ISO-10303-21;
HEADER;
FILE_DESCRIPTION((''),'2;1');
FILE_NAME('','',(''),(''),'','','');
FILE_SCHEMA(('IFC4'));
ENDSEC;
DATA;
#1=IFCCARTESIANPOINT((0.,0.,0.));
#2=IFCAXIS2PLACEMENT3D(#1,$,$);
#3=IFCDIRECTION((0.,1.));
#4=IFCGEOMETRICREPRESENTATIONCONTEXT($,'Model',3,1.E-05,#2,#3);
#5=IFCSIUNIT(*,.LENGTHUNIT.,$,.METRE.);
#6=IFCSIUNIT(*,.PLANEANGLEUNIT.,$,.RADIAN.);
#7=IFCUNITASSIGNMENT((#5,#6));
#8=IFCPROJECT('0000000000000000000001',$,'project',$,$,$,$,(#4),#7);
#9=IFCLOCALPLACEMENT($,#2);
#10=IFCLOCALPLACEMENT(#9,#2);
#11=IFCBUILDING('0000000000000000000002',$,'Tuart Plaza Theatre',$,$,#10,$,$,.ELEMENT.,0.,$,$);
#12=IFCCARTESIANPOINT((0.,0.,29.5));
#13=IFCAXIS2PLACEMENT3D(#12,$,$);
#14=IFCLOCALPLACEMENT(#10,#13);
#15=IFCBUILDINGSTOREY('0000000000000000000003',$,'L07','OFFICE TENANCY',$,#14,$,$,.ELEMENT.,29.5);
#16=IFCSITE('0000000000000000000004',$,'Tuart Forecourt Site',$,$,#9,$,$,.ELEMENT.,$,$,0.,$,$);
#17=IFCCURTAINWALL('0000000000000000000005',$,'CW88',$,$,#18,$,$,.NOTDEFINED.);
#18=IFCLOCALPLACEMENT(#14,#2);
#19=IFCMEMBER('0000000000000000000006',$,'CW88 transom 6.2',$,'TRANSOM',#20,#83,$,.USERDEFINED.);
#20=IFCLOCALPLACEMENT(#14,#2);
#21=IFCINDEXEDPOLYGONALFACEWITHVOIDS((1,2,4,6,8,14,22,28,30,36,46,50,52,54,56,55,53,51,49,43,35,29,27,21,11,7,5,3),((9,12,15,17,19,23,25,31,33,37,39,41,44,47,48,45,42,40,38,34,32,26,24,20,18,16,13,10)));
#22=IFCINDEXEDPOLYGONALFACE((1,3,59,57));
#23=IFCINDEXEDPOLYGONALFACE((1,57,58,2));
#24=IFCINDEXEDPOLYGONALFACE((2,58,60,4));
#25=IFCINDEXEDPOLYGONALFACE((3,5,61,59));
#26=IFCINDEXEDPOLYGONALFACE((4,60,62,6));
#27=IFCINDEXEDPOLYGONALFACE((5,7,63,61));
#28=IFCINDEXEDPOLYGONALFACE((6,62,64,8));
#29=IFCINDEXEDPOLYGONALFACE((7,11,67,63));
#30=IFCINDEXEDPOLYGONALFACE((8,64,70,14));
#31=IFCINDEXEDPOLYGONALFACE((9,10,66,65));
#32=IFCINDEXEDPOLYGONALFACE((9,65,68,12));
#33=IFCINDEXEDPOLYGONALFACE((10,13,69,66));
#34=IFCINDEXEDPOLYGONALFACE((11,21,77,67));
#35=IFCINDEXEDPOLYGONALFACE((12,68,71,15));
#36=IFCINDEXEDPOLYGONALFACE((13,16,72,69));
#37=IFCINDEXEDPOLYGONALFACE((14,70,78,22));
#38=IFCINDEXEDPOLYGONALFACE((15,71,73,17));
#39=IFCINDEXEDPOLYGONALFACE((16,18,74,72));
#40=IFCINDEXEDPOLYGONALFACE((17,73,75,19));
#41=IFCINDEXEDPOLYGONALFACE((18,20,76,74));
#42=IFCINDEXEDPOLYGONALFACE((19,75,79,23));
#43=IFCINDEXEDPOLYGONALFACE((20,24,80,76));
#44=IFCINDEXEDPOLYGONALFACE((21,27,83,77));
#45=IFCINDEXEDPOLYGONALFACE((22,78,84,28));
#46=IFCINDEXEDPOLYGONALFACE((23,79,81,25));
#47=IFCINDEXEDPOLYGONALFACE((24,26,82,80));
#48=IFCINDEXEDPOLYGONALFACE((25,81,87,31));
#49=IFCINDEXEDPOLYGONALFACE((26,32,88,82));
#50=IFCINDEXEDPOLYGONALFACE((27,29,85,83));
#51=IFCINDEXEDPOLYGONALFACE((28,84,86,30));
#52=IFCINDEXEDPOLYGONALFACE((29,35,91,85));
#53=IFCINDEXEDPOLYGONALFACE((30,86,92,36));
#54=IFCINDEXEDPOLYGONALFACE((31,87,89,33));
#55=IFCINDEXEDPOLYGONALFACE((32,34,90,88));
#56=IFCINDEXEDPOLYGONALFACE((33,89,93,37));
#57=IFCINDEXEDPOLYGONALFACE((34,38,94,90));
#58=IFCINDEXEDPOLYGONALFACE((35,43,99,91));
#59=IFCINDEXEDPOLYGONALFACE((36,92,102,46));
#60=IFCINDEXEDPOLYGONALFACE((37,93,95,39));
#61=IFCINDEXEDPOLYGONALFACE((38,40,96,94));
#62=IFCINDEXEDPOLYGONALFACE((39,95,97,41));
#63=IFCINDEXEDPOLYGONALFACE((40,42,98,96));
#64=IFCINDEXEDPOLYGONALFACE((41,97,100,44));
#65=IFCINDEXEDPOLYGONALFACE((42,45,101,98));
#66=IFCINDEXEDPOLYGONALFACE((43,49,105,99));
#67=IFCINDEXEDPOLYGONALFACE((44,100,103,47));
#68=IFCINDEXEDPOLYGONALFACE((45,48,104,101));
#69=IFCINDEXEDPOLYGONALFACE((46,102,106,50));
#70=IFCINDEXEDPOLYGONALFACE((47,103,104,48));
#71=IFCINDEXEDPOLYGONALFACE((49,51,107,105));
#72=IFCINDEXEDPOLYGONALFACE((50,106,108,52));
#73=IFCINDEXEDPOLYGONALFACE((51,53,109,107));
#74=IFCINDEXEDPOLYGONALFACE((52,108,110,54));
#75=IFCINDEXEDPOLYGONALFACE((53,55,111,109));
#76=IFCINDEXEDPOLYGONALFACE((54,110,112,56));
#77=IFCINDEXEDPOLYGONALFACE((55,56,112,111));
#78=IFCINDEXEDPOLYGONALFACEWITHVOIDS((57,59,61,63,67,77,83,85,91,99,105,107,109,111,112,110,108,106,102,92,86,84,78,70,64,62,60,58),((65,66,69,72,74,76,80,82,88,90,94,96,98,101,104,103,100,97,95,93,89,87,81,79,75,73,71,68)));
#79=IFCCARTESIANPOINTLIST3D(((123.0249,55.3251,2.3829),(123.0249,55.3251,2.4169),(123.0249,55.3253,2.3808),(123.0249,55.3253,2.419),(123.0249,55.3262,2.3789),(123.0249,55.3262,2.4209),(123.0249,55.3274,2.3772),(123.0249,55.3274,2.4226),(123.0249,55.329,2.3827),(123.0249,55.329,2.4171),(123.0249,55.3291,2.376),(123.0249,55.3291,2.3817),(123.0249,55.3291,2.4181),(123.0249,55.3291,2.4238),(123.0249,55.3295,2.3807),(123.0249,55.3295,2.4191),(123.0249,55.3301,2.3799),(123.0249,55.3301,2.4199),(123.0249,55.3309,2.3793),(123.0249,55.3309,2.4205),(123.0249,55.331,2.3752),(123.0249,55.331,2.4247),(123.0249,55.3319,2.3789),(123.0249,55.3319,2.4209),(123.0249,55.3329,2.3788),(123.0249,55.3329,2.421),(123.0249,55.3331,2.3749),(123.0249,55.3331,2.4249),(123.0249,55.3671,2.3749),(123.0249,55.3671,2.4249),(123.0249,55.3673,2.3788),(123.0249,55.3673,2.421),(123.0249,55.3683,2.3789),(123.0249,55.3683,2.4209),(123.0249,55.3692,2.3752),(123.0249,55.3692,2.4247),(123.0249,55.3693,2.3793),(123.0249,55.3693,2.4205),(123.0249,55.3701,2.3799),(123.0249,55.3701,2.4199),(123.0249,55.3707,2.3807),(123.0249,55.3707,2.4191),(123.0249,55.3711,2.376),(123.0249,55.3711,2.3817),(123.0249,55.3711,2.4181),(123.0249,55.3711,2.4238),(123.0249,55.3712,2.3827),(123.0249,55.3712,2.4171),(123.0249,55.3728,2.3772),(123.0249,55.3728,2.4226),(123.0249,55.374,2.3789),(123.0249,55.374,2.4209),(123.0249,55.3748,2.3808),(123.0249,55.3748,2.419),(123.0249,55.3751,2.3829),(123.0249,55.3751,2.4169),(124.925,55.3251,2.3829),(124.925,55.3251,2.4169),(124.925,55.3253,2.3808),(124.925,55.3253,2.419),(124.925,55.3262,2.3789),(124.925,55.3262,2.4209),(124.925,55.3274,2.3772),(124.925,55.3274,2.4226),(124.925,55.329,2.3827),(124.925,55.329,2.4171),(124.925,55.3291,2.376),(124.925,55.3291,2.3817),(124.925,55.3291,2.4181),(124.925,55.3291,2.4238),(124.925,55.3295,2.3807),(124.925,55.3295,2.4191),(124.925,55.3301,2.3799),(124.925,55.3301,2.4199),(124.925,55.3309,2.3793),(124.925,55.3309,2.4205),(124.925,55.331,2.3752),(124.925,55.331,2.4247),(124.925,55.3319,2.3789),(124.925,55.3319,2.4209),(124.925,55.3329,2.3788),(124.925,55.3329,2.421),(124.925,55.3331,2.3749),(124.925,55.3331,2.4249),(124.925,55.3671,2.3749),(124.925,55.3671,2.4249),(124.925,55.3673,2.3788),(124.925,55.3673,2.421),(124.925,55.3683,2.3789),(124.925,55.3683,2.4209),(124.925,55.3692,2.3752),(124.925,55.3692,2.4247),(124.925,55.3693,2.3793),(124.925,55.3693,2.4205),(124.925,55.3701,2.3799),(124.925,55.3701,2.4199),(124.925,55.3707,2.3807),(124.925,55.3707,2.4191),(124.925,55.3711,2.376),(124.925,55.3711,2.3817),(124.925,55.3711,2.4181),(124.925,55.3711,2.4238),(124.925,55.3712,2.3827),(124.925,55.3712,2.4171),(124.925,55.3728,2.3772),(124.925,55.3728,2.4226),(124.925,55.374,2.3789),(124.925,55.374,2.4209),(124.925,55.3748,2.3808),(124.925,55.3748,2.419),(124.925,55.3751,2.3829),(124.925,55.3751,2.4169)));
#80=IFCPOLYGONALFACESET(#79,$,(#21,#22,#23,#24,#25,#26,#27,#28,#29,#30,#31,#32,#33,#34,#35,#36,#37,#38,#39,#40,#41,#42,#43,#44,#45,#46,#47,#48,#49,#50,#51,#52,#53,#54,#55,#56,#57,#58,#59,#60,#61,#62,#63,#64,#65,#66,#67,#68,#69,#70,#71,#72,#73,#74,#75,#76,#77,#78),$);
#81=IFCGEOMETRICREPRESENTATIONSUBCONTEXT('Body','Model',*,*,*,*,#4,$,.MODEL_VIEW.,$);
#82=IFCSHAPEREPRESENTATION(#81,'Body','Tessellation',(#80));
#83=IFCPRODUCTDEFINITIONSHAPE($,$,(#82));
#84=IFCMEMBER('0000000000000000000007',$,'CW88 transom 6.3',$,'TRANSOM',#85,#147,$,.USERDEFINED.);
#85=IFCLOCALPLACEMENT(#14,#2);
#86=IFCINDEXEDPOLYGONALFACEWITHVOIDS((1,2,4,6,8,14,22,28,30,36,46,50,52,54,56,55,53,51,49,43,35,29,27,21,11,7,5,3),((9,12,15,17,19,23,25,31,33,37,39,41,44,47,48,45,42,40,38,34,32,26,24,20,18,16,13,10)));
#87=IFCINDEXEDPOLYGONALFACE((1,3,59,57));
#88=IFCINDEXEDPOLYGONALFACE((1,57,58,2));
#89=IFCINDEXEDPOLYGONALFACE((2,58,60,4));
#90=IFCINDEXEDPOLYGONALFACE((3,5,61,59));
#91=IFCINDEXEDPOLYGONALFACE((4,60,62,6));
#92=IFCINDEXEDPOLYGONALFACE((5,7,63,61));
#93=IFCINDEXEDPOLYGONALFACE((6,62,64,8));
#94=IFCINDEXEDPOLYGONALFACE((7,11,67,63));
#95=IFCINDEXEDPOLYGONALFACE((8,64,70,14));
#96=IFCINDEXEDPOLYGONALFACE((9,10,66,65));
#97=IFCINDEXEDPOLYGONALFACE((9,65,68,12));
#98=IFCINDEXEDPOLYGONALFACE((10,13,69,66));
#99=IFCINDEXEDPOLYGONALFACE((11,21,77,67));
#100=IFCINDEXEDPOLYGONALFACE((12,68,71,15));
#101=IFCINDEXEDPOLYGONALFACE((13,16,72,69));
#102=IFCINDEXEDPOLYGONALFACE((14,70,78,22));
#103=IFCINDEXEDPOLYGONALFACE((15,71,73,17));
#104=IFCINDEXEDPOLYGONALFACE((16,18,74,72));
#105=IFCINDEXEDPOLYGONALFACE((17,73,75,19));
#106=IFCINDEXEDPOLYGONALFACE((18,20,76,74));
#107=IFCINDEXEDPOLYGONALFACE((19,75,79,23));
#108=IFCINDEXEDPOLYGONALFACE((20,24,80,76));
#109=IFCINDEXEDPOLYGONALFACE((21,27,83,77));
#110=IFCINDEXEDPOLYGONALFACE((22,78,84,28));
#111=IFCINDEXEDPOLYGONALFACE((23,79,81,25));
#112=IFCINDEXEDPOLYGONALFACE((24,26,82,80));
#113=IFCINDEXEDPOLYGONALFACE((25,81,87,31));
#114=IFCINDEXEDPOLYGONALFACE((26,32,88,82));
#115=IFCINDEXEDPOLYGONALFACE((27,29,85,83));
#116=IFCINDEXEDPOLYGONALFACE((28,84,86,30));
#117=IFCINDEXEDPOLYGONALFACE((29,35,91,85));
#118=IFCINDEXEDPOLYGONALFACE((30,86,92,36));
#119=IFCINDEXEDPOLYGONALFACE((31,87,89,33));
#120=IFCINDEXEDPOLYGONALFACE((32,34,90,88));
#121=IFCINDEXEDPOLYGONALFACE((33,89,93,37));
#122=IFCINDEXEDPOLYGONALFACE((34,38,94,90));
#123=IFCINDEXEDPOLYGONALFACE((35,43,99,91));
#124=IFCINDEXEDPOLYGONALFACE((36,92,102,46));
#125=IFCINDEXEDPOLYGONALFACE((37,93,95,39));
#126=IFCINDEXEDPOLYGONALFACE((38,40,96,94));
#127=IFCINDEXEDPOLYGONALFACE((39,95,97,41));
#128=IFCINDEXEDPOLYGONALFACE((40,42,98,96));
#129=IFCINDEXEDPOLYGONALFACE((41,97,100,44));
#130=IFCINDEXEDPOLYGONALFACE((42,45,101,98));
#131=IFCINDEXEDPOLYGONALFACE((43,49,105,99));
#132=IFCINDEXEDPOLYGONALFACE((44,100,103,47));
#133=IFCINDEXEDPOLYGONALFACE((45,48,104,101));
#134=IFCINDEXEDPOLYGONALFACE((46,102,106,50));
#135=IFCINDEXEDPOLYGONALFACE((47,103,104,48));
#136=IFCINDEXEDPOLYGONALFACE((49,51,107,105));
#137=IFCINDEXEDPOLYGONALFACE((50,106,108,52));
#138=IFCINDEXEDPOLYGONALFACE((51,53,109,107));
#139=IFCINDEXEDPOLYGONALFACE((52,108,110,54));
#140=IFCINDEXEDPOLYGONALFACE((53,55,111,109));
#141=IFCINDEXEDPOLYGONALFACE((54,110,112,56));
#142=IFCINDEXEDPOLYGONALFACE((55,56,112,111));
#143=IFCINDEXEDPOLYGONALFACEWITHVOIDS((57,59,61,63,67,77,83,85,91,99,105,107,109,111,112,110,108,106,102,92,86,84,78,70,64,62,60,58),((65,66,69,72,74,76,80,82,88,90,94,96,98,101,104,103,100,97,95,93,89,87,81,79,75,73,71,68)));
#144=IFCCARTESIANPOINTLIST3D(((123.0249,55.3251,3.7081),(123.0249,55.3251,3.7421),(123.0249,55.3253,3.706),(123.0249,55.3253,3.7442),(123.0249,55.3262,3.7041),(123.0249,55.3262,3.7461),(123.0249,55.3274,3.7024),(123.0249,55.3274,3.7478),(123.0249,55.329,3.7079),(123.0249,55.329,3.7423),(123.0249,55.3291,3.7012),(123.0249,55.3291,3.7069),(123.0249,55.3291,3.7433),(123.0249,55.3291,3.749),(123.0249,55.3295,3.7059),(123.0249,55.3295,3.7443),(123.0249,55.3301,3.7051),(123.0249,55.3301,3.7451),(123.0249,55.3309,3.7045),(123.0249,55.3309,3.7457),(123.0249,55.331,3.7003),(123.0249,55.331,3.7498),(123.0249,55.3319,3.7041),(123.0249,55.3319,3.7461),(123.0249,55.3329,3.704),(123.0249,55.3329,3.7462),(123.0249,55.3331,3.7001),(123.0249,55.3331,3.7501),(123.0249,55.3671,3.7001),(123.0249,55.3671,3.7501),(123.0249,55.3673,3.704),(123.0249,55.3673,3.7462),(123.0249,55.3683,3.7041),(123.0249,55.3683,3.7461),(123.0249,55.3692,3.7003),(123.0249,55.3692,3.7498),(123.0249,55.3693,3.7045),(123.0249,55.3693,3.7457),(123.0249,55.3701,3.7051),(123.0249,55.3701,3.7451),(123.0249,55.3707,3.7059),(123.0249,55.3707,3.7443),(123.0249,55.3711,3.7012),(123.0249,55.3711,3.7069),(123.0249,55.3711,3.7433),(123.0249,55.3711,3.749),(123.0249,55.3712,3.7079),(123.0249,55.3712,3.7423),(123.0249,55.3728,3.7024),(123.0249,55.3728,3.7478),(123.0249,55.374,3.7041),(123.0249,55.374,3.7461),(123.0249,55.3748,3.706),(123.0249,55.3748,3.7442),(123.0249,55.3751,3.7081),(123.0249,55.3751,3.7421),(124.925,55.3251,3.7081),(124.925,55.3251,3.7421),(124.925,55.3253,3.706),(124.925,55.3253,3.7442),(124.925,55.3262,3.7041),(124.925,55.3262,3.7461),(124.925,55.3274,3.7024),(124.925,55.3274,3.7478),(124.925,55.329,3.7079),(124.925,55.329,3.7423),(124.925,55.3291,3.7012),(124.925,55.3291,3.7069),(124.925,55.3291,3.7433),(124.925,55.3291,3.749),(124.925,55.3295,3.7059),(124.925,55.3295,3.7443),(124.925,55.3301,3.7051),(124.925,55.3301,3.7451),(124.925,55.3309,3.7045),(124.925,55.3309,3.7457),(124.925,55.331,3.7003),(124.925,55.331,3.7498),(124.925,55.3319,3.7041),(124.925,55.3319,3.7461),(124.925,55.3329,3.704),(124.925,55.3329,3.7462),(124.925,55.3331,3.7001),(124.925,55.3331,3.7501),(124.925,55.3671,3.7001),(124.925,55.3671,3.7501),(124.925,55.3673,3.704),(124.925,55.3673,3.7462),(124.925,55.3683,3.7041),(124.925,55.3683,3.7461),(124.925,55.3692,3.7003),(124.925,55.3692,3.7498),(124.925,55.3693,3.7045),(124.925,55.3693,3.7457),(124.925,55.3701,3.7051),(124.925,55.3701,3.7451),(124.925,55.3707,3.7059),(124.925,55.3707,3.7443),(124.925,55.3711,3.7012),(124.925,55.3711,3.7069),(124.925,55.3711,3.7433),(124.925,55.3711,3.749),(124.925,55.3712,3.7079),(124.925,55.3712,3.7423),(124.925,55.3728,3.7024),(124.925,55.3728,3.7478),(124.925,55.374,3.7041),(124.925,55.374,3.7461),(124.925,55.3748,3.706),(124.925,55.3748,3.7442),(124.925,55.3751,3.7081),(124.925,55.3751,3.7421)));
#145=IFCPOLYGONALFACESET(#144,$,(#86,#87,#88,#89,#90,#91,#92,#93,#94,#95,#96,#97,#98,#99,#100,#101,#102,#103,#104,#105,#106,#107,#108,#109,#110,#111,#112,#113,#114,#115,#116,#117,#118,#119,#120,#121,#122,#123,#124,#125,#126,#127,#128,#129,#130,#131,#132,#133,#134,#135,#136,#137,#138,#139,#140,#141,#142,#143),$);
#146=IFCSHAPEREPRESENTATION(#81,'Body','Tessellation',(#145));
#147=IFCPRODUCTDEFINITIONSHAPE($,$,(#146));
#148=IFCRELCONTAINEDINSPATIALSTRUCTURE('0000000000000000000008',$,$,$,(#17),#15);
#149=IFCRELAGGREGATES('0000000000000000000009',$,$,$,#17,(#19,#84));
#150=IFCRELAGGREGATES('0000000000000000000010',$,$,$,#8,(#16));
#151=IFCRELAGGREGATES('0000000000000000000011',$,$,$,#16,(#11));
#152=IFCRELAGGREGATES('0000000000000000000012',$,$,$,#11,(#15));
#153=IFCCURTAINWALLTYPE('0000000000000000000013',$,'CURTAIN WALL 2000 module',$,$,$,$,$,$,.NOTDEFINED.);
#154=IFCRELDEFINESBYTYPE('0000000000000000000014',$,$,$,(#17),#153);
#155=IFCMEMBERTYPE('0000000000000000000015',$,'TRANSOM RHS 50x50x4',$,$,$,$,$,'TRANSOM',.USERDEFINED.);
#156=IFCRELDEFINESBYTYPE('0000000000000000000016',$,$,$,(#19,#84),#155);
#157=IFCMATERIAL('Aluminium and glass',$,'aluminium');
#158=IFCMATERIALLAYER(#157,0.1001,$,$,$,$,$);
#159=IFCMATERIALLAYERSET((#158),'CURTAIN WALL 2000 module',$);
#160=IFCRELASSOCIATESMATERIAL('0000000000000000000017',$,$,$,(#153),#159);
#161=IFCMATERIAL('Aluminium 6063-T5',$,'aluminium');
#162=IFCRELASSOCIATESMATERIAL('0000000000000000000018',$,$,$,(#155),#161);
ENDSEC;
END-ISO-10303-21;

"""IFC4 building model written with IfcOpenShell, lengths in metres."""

from ifc_helpers import new_model, si_unit, direction, frame, origin, origin_2d, place, context, subcontext, project, spatial, hollow_rectangle, extrude, material, layer, layer_set, material_profile, profile_set, type_object, element, aggregate, save


model = new_model("IFC4")

# Units and contexts
model_context = context("Model", 3, precision=1e-05, world=origin(), true_north=direction((0.0, 1.0)))
body_context = subcontext(model_context, "Body", "Model", "MODEL_VIEW")
ifc_project = project(units=[si_unit("LENGTHUNIT", "METRE"), si_unit("PLANEANGLEUNIT", "RADIAN")], contexts=[model_context])

# Site, building, storey
site_placement = place(None, origin())
site = spatial("IfcSite", under=ifc_project, at=site_placement, Name="Tuart Forecourt Site", CompositionType="ELEMENT", RefElevation=0.0)
building_placement = place(site_placement, origin())
building = spatial("IfcBuilding", under=site, at=building_placement, Name="Tuart Plaza Theatre", CompositionType="ELEMENT", ElevationOfRefHeight=0.0)
storey_placement = place(building_placement, frame((0.0, 0.0, 29.5)))
storey = spatial("IfcBuildingStorey", under=building, at=storey_placement, Name="L07", Description="OFFICE TENANCY", CompositionType="ELEMENT", Elevation=29.5)

# Curtain wall, members
ifc_material_1 = material(Name="Aluminium and glass", Category="aluminium")
ifc_layer_1 = layer(ifc_material_1, 0.1001)
ifc_layer_set_1 = layer_set([ifc_layer_1], Name="CURTAIN WALL 2000 module")
curtain_wall_type = type_object("IfcCurtainWallType", Name="CURTAIN WALL 2000 module", PredefinedType="NOTDEFINED", material=ifc_layer_set_1)
curtain_wall_placement = place(storey_placement, origin())
curtain_wall = element("IfcCurtainWall", 1, at=curtain_wall_placement, inside=storey, type_object=curtain_wall_type, Name="CW88", PredefinedType="NOTDEFINED")
ifc_material_2 = material(Name="Aluminium 6063-T5", Category="aluminium")
ifc_material_profile_1 = material_profile(ifc_material_2, hollow_rectangle(XDim=0.05, YDim=0.05, WallThickness=0.0039, InnerFilletRadius=0.0039, OuterFilletRadius=0.0081, at=origin_2d()), Name="RHS 50x50x4")
ifc_profile_set_1 = profile_set([ifc_material_profile_1], Name="Aluminium 6063-T5")
member_type_1 = type_object("IfcMemberType", Name="TRANSOM RHS 50x50x4", ElementType="TRANSOM", PredefinedType="USERDEFINED", material=ifc_profile_set_1)
member_1_placement = place(storey_placement, frame((123.0249, 55.3501, 2.3999), z_axis=(1.0, 0.0, 0.0), x_axis=(0.0, 1.0, 0.0)))
member_1 = element("IfcMember", 2, at=member_1_placement, type_object=member_type_1, Name="CW88 transom 6.2", ObjectType="TRANSOM", PredefinedType="USERDEFINED", context=body_context, shape_type="SweptSolid", body=[
    extrude(hollow_rectangle(XDim=0.05, YDim=0.05, WallThickness=0.0039, InnerFilletRadius=0.0039, OuterFilletRadius=0.0081, at=origin_2d()), origin(), (0.0, 0.0, 1.0), 1.9001),
])
member_2_placement = place(storey_placement, frame((123.0249, 55.3501, 3.7251), z_axis=(1.0, 0.0, 0.0), x_axis=(0.0, 1.0, 0.0)))
member_2 = element("IfcMember", 3, at=member_2_placement, type_object=member_type_1, Name="CW88 transom 6.3", ObjectType="TRANSOM", PredefinedType="USERDEFINED", context=body_context, shape_type="SweptSolid", body=[
    extrude(hollow_rectangle(XDim=0.05, YDim=0.05, WallThickness=0.0039, InnerFilletRadius=0.0039, OuterFilletRadius=0.0081, at=origin_2d()), origin(), (0.0, 0.0, 1.0), 1.9001),
])
aggregate(curtain_wall, [member_1, member_2])

save(model, "model.ifc")
